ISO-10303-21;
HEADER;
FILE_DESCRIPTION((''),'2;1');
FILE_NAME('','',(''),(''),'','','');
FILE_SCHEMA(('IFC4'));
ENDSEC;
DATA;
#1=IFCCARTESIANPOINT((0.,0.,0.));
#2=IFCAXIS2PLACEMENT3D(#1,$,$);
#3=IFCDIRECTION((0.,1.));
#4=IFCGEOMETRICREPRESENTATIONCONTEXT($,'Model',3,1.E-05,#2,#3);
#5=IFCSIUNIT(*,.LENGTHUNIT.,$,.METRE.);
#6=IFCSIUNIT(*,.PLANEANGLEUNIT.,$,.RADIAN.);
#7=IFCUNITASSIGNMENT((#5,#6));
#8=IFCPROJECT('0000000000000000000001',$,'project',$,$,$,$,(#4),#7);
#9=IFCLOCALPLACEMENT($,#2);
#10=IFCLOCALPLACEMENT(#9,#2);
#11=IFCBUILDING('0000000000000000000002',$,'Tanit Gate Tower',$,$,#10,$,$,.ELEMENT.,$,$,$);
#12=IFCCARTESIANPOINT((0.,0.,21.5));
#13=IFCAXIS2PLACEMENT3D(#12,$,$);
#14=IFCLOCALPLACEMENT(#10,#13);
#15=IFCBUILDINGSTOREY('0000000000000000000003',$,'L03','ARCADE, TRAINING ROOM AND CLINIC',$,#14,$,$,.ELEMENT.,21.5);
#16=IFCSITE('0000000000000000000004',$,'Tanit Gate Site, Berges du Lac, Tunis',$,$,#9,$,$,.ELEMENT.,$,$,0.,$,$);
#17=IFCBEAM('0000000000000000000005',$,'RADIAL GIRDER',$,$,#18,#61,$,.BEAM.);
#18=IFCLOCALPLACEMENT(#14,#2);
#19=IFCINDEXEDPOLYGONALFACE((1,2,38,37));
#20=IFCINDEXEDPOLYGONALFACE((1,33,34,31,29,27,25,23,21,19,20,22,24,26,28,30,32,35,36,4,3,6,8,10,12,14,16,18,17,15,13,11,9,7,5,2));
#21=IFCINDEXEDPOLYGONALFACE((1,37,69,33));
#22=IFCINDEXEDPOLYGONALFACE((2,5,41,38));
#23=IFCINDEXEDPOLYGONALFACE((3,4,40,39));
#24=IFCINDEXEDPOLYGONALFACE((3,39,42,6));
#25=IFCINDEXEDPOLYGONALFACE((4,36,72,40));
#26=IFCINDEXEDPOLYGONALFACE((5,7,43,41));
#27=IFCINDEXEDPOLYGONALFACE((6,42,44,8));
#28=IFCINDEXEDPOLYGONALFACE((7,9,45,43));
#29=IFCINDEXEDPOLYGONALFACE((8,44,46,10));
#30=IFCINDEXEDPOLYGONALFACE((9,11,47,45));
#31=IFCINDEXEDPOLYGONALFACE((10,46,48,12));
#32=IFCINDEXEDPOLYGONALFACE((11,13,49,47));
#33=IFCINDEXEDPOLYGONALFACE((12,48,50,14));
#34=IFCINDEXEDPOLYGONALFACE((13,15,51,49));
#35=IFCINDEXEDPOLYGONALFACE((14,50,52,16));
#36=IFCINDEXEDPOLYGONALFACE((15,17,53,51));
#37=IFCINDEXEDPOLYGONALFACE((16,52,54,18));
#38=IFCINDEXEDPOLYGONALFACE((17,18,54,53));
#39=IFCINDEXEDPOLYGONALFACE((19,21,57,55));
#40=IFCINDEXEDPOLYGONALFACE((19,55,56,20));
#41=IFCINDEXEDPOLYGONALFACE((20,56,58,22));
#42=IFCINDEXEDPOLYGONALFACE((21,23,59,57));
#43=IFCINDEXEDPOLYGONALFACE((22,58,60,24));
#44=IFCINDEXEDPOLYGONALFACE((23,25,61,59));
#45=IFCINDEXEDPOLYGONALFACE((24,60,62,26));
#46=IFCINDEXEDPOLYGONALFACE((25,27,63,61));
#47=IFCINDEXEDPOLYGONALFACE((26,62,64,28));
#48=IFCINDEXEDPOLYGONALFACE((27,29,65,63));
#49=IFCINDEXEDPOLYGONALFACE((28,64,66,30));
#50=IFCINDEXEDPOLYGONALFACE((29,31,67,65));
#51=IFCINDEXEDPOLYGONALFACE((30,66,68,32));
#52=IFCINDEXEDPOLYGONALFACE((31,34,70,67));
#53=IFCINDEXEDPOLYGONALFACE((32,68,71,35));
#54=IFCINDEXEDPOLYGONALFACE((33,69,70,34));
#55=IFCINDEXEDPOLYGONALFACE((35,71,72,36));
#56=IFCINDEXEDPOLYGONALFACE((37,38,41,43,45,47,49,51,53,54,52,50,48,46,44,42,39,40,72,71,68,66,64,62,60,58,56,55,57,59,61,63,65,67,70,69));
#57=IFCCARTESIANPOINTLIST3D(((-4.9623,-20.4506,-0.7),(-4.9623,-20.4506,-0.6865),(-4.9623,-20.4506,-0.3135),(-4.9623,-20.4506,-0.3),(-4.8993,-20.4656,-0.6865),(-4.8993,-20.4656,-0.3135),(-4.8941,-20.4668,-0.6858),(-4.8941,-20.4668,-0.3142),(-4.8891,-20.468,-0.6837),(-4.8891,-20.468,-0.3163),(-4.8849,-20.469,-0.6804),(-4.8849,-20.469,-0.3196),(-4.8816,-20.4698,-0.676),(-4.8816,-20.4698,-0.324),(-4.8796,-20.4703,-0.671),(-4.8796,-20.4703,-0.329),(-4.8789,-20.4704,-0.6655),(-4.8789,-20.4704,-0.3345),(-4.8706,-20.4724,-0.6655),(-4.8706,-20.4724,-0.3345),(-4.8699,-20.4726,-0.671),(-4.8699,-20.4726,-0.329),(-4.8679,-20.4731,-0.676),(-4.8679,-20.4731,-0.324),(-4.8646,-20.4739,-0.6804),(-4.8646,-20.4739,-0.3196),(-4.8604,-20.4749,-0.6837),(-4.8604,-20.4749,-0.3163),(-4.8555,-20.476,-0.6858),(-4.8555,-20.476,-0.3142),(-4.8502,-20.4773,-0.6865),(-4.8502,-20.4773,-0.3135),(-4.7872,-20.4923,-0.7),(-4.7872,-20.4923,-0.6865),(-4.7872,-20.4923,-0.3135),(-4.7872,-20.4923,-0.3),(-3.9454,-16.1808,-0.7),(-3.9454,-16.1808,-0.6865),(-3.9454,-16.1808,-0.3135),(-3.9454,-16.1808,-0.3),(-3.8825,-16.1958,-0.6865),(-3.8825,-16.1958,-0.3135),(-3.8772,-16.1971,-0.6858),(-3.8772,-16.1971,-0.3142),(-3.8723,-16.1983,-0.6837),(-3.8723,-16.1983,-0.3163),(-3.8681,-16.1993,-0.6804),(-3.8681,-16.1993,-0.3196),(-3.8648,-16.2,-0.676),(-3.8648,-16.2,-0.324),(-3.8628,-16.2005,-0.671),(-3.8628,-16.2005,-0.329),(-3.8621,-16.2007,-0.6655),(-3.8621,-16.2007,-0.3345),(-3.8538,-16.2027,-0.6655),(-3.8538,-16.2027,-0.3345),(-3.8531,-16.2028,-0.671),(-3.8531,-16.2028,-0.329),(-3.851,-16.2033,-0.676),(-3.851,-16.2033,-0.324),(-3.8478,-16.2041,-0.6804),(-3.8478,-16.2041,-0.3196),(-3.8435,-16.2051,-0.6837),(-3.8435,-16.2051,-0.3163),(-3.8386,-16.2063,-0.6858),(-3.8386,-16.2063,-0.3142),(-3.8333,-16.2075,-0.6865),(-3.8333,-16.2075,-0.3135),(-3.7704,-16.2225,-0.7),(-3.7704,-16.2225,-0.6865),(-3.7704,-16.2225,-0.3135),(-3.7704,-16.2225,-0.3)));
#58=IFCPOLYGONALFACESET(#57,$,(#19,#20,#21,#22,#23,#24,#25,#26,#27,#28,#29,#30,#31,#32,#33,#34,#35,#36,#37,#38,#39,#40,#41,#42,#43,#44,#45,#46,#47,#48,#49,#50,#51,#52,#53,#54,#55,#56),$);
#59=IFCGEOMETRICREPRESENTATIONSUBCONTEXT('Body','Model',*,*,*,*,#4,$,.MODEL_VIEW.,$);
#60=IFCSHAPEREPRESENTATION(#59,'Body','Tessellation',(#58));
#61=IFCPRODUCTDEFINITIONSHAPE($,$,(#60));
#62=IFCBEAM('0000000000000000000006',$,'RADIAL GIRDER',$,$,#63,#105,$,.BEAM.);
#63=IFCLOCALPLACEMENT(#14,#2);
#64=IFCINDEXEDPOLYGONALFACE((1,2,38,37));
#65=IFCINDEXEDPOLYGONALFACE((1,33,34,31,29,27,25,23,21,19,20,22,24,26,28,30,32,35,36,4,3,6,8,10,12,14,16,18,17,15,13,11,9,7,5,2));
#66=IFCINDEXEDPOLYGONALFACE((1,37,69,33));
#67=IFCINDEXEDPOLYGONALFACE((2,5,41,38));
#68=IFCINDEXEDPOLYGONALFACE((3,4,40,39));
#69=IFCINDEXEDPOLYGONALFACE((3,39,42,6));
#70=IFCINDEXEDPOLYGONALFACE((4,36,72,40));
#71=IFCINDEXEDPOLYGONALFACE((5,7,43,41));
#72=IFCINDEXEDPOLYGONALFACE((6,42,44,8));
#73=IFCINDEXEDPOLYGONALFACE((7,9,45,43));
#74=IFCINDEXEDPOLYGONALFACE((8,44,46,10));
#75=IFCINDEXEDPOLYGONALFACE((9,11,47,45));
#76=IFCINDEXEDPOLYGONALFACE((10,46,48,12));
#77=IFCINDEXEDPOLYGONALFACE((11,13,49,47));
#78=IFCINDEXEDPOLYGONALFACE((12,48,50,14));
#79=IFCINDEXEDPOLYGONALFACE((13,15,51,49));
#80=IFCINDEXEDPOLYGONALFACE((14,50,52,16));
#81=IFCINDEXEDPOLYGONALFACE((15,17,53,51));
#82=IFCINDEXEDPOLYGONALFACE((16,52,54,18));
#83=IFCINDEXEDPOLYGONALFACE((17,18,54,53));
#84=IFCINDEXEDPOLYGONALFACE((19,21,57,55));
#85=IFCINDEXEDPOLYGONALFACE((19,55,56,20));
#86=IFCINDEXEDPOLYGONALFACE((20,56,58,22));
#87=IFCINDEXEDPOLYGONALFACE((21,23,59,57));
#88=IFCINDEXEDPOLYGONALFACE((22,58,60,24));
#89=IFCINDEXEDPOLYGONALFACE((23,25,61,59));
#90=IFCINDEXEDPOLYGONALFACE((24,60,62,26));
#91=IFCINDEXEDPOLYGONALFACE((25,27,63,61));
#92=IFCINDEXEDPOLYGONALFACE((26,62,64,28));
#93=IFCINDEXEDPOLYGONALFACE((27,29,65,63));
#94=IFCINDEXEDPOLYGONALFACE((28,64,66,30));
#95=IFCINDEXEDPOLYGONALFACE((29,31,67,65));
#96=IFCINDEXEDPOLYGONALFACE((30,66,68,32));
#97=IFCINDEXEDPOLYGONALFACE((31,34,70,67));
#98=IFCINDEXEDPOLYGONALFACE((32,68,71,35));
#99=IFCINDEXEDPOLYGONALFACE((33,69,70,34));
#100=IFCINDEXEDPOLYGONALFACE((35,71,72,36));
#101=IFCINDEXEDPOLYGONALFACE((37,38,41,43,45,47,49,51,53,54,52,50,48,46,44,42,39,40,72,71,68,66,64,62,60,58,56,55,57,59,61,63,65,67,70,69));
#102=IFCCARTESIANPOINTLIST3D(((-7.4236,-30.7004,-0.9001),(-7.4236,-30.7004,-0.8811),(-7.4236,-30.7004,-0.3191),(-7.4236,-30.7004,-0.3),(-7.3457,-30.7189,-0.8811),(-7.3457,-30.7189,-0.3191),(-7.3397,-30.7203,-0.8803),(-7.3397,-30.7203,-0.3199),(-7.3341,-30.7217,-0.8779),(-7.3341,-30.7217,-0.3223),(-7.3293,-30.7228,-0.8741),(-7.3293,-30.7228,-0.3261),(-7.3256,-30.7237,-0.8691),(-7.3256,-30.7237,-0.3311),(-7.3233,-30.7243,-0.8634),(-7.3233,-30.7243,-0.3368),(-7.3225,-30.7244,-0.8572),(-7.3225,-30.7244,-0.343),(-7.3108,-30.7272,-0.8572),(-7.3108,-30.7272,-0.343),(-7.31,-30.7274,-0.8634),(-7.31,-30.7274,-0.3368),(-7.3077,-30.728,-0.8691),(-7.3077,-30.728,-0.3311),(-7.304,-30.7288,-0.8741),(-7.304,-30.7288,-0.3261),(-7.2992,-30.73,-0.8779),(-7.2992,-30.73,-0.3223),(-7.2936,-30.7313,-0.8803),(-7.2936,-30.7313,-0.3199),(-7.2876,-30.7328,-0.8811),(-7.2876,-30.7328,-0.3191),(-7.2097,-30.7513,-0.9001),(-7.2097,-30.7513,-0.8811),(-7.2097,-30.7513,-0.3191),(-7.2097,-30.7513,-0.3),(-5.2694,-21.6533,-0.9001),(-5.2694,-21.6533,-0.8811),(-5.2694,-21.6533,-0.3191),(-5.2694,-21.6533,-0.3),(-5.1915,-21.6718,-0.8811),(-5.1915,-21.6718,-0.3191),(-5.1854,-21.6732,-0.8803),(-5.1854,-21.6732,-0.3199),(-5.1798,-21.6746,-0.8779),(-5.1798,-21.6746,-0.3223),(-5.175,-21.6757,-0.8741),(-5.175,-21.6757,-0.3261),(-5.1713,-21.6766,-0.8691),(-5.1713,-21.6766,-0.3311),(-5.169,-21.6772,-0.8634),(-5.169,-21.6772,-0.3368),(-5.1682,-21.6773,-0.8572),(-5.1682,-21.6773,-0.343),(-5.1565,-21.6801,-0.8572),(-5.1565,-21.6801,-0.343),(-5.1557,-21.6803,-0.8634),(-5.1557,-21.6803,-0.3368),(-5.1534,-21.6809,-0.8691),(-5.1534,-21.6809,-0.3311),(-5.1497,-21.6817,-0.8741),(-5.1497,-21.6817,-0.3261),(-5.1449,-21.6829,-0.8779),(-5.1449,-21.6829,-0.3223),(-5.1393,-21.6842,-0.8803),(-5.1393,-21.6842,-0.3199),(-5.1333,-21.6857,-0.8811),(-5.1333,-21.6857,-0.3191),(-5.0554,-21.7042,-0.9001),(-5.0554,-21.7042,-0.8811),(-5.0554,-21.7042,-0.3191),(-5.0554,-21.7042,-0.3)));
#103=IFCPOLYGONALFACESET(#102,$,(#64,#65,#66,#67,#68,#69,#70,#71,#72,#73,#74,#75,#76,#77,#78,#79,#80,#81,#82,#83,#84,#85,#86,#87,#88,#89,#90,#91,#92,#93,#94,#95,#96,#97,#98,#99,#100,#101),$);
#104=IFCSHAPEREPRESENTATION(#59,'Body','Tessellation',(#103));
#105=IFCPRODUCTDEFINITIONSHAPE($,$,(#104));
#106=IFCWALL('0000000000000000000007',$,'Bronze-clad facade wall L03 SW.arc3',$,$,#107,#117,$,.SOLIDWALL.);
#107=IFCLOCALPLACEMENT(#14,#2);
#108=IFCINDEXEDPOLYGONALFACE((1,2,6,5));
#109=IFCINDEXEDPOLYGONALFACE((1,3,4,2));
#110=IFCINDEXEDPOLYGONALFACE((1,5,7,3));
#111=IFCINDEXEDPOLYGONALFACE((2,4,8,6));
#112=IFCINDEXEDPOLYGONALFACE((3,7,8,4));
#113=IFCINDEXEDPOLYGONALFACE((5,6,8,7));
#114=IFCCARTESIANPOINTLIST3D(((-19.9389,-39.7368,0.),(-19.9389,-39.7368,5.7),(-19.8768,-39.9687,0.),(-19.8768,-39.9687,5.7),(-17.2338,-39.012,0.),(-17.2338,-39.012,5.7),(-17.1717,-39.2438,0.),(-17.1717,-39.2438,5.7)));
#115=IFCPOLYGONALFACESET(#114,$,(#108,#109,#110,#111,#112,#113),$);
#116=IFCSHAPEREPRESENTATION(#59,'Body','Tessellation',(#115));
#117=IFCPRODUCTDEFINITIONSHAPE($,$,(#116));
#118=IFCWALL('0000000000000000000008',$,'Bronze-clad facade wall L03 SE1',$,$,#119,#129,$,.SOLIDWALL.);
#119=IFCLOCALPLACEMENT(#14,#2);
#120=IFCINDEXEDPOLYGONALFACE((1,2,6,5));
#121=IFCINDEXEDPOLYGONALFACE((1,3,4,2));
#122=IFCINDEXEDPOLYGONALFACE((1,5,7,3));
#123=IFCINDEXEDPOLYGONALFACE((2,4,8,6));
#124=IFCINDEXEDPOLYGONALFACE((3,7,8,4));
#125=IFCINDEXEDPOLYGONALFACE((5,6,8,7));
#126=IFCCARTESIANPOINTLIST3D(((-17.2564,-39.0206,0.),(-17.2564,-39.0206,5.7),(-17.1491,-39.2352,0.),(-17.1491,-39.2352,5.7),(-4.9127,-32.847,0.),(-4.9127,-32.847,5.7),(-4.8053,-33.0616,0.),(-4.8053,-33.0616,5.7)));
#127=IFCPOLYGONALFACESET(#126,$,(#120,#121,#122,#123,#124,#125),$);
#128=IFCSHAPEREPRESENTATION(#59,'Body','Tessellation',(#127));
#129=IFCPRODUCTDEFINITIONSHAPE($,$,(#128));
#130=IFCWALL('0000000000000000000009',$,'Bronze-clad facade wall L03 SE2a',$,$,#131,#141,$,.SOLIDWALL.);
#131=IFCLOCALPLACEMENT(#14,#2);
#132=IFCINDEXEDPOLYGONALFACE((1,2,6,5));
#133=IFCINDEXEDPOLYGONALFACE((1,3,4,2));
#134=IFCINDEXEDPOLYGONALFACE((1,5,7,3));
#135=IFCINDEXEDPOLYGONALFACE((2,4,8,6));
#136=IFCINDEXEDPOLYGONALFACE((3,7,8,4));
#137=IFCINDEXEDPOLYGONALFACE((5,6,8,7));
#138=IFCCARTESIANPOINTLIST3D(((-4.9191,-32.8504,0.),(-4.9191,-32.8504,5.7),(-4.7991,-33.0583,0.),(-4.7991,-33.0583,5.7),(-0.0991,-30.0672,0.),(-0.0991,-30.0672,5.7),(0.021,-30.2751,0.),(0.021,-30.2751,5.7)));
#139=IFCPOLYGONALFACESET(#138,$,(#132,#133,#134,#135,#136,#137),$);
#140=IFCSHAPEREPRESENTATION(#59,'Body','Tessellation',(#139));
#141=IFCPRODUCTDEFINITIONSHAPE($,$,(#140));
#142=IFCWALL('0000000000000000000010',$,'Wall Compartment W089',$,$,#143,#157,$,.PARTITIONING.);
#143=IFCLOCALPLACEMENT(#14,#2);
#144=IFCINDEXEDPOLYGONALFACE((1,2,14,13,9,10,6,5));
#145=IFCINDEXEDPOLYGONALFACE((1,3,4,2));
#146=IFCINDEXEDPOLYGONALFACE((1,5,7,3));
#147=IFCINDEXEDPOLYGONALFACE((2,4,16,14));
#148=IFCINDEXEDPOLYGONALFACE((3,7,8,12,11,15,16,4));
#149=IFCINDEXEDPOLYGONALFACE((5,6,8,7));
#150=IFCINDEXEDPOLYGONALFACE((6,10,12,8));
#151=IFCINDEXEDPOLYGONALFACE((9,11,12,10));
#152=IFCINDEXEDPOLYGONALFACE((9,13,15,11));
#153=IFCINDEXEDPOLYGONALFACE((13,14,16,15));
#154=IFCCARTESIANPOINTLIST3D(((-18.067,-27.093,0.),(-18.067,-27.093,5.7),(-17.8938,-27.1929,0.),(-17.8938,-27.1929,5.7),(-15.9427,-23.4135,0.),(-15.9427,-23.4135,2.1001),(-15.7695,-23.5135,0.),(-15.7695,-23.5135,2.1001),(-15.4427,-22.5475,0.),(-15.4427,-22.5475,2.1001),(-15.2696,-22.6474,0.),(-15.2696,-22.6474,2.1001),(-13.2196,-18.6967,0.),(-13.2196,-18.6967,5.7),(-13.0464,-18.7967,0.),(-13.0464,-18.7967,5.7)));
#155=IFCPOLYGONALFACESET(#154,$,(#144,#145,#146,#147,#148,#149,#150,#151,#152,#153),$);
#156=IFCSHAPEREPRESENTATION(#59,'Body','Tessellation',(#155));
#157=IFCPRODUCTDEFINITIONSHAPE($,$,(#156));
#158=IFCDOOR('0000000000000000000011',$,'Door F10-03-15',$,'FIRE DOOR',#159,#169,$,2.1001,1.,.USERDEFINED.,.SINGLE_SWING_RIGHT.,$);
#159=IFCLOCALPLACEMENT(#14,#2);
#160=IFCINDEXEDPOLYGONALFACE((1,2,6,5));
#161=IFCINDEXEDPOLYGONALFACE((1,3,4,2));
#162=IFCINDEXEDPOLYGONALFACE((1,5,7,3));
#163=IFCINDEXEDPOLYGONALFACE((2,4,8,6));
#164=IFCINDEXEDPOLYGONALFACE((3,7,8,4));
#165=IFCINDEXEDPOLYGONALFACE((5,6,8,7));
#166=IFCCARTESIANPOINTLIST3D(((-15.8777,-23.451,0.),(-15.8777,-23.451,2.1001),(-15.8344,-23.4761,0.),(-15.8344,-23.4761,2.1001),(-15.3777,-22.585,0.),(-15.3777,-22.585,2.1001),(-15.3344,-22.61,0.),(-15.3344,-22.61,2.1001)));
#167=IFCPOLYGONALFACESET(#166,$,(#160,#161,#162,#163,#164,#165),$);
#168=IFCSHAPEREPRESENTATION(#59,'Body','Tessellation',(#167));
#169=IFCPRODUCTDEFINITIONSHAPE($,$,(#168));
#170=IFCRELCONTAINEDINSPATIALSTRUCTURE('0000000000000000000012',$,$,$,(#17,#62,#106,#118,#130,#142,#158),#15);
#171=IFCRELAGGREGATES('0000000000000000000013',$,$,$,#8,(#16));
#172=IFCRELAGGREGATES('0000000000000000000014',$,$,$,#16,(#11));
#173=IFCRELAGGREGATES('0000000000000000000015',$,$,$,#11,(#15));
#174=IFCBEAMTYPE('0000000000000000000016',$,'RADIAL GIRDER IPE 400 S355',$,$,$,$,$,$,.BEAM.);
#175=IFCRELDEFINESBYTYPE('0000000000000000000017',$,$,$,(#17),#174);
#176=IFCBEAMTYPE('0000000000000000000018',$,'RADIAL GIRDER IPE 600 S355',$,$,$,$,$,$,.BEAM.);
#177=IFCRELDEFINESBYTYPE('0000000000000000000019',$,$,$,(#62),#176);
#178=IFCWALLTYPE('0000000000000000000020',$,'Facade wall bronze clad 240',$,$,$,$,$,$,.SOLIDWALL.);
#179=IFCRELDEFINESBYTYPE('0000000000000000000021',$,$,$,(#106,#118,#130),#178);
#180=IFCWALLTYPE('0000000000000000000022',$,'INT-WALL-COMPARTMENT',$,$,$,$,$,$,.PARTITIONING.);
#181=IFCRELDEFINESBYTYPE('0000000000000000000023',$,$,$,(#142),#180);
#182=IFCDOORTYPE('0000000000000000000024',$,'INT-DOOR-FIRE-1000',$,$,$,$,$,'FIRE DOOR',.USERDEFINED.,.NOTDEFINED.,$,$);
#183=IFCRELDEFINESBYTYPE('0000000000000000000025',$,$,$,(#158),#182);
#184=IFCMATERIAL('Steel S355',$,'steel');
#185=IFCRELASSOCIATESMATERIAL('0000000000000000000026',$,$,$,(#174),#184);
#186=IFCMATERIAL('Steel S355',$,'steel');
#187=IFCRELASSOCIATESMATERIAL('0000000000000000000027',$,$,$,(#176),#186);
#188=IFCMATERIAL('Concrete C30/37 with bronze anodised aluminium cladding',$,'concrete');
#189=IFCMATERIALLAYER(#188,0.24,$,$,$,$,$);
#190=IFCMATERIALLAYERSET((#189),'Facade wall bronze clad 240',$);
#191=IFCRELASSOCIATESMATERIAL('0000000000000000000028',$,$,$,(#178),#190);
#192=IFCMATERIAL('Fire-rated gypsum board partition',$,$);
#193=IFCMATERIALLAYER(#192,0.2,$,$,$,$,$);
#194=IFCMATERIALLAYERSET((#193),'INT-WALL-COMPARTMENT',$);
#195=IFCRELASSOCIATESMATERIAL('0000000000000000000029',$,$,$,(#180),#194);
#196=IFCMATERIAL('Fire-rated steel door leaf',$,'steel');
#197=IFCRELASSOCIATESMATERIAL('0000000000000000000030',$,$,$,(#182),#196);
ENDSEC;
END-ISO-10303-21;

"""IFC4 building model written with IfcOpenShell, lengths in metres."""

from ifc_helpers import new_model, si_unit, direction, frame, frame_2d, origin, origin_2d, place, context, subcontext, project, spatial, rectangle, i_section, extrude, material, layer, layer_set, material_profile, profile_set, type_object, element, fill, save


model = new_model("IFC4")

# Units and contexts
model_context = context("Model", 3, precision=1e-05, world=origin(), true_north=direction((0.0, 1.0)))
body_context = subcontext(model_context, "Body", "Model", "MODEL_VIEW")
ifc_project = project(units=[si_unit("LENGTHUNIT", "METRE"), si_unit("PLANEANGLEUNIT", "RADIAN")], contexts=[model_context])

# Site, building, storey
site_placement = place(None, origin())
site = spatial("IfcSite", under=ifc_project, at=site_placement, Name="Tanit Gate Site, Berges du Lac, Tunis", CompositionType="ELEMENT", RefElevation=0.0)
building_placement = place(site_placement, origin())
building = spatial("IfcBuilding", under=site, at=building_placement, Name="Tanit Gate Tower", CompositionType="ELEMENT")
storey_placement = place(building_placement, frame((0.0, 0.0, 21.5)))
storey = spatial("IfcBuildingStorey", under=building, at=storey_placement, Name="L03", Description="ARCADE, TRAINING ROOM AND CLINIC", CompositionType="ELEMENT", Elevation=21.5)

# Beams
ifc_material_1 = material(Name="Steel S355", Category="steel")
ifc_material_profile_1 = material_profile(ifc_material_1, i_section(OverallWidth=0.1799, OverallDepth=0.3999, WebThickness=0.0085, FlangeThickness=0.0134, FilletRadius=0.021, at=origin_2d()), Name="IPE 400")
ifc_profile_set_1 = profile_set([ifc_material_profile_1], Name="Steel S355")
beam_type_1 = type_object("IfcBeamType", Name="RADIAL GIRDER IPE 400 S355", PredefinedType="BEAM", material=ifc_profile_set_1)
beam_1_placement = place(storey_placement, frame((-4.8748, -20.4714, -0.5), z_axis=(0.231671, 0.972794, 0.0), x_axis=(-0.972794, 0.231671, 0.0)))
element("IfcBeam", 1, at=beam_1_placement, inside=storey, type_object=beam_type_1, Name="RADIAL GIRDER", PredefinedType="BEAM", context=body_context, shape_type="SweptSolid", body=[
    extrude(i_section(OverallWidth=0.1799, OverallDepth=0.3999, WebThickness=0.0085, FlangeThickness=0.0134, FilletRadius=0.021, at=origin_2d()), origin(), (0.0, 0.0, 1.0), 4.3892),
])
ifc_material_2 = material(Name="Steel S355", Category="steel")
ifc_material_profile_2 = material_profile(ifc_material_2, i_section(OverallWidth=0.22, OverallDepth=0.6001, WebThickness=0.012, FlangeThickness=0.019, FilletRadius=0.0239, at=origin_2d()), Name="IPE 600")
ifc_profile_set_2 = profile_set([ifc_material_profile_2], Name="Steel S355")
beam_type_2 = type_object("IfcBeamType", Name="RADIAL GIRDER IPE 600 S355", PredefinedType="BEAM", material=ifc_profile_set_2)
beam_2_placement = place(storey_placement, frame((-7.3167, -30.7258, -0.6001), z_axis=(0.231643, 0.972801, 0.0), x_axis=(-0.972801, 0.231643, 0.0)))
element("IfcBeam", 2, at=beam_2_placement, inside=storey, type_object=beam_type_2, Name="RADIAL GIRDER", PredefinedType="BEAM", context=body_context, shape_type="SweptSolid", body=[
    extrude(i_section(OverallWidth=0.22, OverallDepth=0.6001, WebThickness=0.012, FlangeThickness=0.019, FilletRadius=0.0239, at=origin_2d()), origin(), (0.0, 0.0, 1.0), 9.3),
])

# Walls
ifc_material_3 = material(Name="Concrete C30/37 with bronze anodised aluminium cladding", Category="concrete")
ifc_layer_1 = layer(ifc_material_3, 0.24)
ifc_layer_set_1 = layer_set([ifc_layer_1], Name="Facade wall bronze clad 240")
wall_type_1 = type_object("IfcWallType", Name="Facade wall bronze clad 240", PredefinedType="SOLIDWALL", material=ifc_layer_set_1)
wall_1_placement = place(storey_placement, frame((-19.908, -39.8528, 0.0), z_axis=(0.0, 0.0, 1.0), x_axis=(0.965923, 0.258829, 0.0)))
element("IfcWall", 3, at=wall_1_placement, inside=storey, type_object=wall_type_1, Name="Bronze-clad facade wall L03 SW.arc3", PredefinedType="SOLIDWALL", context=body_context, shape_type="SweptSolid", body=[
    extrude(rectangle(XDim=2.8005, YDim=0.24, at=frame_2d((1.4004, 0.0))), origin(), (0.0, 0.0, 1.0), 5.7),
])
wall_2_placement = place(storey_placement, frame((-17.2029, -39.1279, 0.0), z_axis=(0.0, 0.0, 1.0), x_axis=(0.894378, 0.447313, 0.0)))
element("IfcWall", 4, at=wall_2_placement, inside=storey, type_object=wall_type_1, Name="Bronze-clad facade wall L03 SE1", PredefinedType="SOLIDWALL", context=body_context, shape_type="SweptSolid", body=[
    extrude(rectangle(XDim=13.8015, YDim=0.24, at=frame_2d((6.9009, 0.0))), origin(), (0.0, 0.0, 1.0), 5.7),
])
wall_3_placement = place(storey_placement, frame((-4.8591, -32.9543, 0.0), z_axis=(0.0, 0.0, 1.0), x_axis=(0.865999, 0.500045, 0.0)))
element("IfcWall", 5, at=wall_3_placement, inside=storey, type_object=wall_type_1, Name="Bronze-clad facade wall L03 SE2a", PredefinedType="SOLIDWALL", context=body_context, shape_type="SweptSolid", body=[
    extrude(rectangle(XDim=5.5659, YDim=0.24, at=frame_2d((2.783, 0.0))), origin(), (0.0, 0.0, 1.0), 5.7),
])

# Wall, opening, door
ifc_material_4 = material(Name="Fire-rated gypsum board partition")
ifc_layer_2 = layer(ifc_material_4, 0.2)
ifc_layer_set_2 = layer_set([ifc_layer_2], Name="INT-WALL-COMPARTMENT")
wall_type_2 = type_object("IfcWallType", Name="INT-WALL-COMPARTMENT", PredefinedType="PARTITIONING", material=ifc_layer_set_2)
wall_4_placement = place(storey_placement, frame((-17.9805, -27.1431, 0.0), z_axis=(0.0, 0.0, 1.0), x_axis=(0.499988, 0.866033, 0.0)))
wall_4 = element("IfcWall", 6, at=wall_4_placement, inside=storey, type_object=wall_type_2, Name="Wall Compartment W089", PredefinedType="PARTITIONING", context=body_context, shape_type="SweptSolid", body=[
    extrude(rectangle(XDim=9.6951, YDim=0.2, at=frame_2d((4.8477, 0.0))), origin(), (0.0, 0.0, 1.0), 5.7),
])
opening_1_placement = place(wall_4_placement, frame((4.2488, 0.0, 0.0)))
opening_1 = element("IfcOpeningElement", 7, at=opening_1_placement, cuts=wall_4, PredefinedType="OPENING", context=body_context, shape_type="SweptSolid", body=[
    extrude(rectangle(XDim=1.0, YDim=2.1001, at=frame_2d((0.5, 1.05))), frame((0.0, 0.1099, 0.0), z_axis=(0.0, -1.0, 0.0), x_axis=(1.0, 0.0, 0.0)), (0.0, 0.0, 1.0), 0.22),
])
ifc_material_5 = material(Name="Fire-rated steel door leaf", Category="steel")
door_type = type_object("IfcDoorType", Name="INT-DOOR-FIRE-1000", ElementType="FIRE DOOR", OperationType="NOTDEFINED", PredefinedType="USERDEFINED", material=ifc_material_5)
door_1_placement = place(opening_1_placement, origin())
door_1 = element("IfcDoor", 8, at=door_1_placement, inside=storey, type_object=door_type, Name="Door F10-03-15", ObjectType="FIRE DOOR", OperationType="SINGLE_SWING_RIGHT", OverallHeight=2.1001, OverallWidth=1.0, PredefinedType="USERDEFINED", context=body_context, shape_type="SweptSolid", body=[
    extrude(rectangle(XDim=1.0, YDim=2.1001, at=frame_2d((0.5, 1.05))), frame((0.0, 0.0249, 0.0), z_axis=(0.0, -1.0, 0.0), x_axis=(1.0, 0.0, 0.0)), (0.0, 0.0, 1.0), 0.05),
])
fill(opening_1, door_1)

save(model, "model.ifc")
